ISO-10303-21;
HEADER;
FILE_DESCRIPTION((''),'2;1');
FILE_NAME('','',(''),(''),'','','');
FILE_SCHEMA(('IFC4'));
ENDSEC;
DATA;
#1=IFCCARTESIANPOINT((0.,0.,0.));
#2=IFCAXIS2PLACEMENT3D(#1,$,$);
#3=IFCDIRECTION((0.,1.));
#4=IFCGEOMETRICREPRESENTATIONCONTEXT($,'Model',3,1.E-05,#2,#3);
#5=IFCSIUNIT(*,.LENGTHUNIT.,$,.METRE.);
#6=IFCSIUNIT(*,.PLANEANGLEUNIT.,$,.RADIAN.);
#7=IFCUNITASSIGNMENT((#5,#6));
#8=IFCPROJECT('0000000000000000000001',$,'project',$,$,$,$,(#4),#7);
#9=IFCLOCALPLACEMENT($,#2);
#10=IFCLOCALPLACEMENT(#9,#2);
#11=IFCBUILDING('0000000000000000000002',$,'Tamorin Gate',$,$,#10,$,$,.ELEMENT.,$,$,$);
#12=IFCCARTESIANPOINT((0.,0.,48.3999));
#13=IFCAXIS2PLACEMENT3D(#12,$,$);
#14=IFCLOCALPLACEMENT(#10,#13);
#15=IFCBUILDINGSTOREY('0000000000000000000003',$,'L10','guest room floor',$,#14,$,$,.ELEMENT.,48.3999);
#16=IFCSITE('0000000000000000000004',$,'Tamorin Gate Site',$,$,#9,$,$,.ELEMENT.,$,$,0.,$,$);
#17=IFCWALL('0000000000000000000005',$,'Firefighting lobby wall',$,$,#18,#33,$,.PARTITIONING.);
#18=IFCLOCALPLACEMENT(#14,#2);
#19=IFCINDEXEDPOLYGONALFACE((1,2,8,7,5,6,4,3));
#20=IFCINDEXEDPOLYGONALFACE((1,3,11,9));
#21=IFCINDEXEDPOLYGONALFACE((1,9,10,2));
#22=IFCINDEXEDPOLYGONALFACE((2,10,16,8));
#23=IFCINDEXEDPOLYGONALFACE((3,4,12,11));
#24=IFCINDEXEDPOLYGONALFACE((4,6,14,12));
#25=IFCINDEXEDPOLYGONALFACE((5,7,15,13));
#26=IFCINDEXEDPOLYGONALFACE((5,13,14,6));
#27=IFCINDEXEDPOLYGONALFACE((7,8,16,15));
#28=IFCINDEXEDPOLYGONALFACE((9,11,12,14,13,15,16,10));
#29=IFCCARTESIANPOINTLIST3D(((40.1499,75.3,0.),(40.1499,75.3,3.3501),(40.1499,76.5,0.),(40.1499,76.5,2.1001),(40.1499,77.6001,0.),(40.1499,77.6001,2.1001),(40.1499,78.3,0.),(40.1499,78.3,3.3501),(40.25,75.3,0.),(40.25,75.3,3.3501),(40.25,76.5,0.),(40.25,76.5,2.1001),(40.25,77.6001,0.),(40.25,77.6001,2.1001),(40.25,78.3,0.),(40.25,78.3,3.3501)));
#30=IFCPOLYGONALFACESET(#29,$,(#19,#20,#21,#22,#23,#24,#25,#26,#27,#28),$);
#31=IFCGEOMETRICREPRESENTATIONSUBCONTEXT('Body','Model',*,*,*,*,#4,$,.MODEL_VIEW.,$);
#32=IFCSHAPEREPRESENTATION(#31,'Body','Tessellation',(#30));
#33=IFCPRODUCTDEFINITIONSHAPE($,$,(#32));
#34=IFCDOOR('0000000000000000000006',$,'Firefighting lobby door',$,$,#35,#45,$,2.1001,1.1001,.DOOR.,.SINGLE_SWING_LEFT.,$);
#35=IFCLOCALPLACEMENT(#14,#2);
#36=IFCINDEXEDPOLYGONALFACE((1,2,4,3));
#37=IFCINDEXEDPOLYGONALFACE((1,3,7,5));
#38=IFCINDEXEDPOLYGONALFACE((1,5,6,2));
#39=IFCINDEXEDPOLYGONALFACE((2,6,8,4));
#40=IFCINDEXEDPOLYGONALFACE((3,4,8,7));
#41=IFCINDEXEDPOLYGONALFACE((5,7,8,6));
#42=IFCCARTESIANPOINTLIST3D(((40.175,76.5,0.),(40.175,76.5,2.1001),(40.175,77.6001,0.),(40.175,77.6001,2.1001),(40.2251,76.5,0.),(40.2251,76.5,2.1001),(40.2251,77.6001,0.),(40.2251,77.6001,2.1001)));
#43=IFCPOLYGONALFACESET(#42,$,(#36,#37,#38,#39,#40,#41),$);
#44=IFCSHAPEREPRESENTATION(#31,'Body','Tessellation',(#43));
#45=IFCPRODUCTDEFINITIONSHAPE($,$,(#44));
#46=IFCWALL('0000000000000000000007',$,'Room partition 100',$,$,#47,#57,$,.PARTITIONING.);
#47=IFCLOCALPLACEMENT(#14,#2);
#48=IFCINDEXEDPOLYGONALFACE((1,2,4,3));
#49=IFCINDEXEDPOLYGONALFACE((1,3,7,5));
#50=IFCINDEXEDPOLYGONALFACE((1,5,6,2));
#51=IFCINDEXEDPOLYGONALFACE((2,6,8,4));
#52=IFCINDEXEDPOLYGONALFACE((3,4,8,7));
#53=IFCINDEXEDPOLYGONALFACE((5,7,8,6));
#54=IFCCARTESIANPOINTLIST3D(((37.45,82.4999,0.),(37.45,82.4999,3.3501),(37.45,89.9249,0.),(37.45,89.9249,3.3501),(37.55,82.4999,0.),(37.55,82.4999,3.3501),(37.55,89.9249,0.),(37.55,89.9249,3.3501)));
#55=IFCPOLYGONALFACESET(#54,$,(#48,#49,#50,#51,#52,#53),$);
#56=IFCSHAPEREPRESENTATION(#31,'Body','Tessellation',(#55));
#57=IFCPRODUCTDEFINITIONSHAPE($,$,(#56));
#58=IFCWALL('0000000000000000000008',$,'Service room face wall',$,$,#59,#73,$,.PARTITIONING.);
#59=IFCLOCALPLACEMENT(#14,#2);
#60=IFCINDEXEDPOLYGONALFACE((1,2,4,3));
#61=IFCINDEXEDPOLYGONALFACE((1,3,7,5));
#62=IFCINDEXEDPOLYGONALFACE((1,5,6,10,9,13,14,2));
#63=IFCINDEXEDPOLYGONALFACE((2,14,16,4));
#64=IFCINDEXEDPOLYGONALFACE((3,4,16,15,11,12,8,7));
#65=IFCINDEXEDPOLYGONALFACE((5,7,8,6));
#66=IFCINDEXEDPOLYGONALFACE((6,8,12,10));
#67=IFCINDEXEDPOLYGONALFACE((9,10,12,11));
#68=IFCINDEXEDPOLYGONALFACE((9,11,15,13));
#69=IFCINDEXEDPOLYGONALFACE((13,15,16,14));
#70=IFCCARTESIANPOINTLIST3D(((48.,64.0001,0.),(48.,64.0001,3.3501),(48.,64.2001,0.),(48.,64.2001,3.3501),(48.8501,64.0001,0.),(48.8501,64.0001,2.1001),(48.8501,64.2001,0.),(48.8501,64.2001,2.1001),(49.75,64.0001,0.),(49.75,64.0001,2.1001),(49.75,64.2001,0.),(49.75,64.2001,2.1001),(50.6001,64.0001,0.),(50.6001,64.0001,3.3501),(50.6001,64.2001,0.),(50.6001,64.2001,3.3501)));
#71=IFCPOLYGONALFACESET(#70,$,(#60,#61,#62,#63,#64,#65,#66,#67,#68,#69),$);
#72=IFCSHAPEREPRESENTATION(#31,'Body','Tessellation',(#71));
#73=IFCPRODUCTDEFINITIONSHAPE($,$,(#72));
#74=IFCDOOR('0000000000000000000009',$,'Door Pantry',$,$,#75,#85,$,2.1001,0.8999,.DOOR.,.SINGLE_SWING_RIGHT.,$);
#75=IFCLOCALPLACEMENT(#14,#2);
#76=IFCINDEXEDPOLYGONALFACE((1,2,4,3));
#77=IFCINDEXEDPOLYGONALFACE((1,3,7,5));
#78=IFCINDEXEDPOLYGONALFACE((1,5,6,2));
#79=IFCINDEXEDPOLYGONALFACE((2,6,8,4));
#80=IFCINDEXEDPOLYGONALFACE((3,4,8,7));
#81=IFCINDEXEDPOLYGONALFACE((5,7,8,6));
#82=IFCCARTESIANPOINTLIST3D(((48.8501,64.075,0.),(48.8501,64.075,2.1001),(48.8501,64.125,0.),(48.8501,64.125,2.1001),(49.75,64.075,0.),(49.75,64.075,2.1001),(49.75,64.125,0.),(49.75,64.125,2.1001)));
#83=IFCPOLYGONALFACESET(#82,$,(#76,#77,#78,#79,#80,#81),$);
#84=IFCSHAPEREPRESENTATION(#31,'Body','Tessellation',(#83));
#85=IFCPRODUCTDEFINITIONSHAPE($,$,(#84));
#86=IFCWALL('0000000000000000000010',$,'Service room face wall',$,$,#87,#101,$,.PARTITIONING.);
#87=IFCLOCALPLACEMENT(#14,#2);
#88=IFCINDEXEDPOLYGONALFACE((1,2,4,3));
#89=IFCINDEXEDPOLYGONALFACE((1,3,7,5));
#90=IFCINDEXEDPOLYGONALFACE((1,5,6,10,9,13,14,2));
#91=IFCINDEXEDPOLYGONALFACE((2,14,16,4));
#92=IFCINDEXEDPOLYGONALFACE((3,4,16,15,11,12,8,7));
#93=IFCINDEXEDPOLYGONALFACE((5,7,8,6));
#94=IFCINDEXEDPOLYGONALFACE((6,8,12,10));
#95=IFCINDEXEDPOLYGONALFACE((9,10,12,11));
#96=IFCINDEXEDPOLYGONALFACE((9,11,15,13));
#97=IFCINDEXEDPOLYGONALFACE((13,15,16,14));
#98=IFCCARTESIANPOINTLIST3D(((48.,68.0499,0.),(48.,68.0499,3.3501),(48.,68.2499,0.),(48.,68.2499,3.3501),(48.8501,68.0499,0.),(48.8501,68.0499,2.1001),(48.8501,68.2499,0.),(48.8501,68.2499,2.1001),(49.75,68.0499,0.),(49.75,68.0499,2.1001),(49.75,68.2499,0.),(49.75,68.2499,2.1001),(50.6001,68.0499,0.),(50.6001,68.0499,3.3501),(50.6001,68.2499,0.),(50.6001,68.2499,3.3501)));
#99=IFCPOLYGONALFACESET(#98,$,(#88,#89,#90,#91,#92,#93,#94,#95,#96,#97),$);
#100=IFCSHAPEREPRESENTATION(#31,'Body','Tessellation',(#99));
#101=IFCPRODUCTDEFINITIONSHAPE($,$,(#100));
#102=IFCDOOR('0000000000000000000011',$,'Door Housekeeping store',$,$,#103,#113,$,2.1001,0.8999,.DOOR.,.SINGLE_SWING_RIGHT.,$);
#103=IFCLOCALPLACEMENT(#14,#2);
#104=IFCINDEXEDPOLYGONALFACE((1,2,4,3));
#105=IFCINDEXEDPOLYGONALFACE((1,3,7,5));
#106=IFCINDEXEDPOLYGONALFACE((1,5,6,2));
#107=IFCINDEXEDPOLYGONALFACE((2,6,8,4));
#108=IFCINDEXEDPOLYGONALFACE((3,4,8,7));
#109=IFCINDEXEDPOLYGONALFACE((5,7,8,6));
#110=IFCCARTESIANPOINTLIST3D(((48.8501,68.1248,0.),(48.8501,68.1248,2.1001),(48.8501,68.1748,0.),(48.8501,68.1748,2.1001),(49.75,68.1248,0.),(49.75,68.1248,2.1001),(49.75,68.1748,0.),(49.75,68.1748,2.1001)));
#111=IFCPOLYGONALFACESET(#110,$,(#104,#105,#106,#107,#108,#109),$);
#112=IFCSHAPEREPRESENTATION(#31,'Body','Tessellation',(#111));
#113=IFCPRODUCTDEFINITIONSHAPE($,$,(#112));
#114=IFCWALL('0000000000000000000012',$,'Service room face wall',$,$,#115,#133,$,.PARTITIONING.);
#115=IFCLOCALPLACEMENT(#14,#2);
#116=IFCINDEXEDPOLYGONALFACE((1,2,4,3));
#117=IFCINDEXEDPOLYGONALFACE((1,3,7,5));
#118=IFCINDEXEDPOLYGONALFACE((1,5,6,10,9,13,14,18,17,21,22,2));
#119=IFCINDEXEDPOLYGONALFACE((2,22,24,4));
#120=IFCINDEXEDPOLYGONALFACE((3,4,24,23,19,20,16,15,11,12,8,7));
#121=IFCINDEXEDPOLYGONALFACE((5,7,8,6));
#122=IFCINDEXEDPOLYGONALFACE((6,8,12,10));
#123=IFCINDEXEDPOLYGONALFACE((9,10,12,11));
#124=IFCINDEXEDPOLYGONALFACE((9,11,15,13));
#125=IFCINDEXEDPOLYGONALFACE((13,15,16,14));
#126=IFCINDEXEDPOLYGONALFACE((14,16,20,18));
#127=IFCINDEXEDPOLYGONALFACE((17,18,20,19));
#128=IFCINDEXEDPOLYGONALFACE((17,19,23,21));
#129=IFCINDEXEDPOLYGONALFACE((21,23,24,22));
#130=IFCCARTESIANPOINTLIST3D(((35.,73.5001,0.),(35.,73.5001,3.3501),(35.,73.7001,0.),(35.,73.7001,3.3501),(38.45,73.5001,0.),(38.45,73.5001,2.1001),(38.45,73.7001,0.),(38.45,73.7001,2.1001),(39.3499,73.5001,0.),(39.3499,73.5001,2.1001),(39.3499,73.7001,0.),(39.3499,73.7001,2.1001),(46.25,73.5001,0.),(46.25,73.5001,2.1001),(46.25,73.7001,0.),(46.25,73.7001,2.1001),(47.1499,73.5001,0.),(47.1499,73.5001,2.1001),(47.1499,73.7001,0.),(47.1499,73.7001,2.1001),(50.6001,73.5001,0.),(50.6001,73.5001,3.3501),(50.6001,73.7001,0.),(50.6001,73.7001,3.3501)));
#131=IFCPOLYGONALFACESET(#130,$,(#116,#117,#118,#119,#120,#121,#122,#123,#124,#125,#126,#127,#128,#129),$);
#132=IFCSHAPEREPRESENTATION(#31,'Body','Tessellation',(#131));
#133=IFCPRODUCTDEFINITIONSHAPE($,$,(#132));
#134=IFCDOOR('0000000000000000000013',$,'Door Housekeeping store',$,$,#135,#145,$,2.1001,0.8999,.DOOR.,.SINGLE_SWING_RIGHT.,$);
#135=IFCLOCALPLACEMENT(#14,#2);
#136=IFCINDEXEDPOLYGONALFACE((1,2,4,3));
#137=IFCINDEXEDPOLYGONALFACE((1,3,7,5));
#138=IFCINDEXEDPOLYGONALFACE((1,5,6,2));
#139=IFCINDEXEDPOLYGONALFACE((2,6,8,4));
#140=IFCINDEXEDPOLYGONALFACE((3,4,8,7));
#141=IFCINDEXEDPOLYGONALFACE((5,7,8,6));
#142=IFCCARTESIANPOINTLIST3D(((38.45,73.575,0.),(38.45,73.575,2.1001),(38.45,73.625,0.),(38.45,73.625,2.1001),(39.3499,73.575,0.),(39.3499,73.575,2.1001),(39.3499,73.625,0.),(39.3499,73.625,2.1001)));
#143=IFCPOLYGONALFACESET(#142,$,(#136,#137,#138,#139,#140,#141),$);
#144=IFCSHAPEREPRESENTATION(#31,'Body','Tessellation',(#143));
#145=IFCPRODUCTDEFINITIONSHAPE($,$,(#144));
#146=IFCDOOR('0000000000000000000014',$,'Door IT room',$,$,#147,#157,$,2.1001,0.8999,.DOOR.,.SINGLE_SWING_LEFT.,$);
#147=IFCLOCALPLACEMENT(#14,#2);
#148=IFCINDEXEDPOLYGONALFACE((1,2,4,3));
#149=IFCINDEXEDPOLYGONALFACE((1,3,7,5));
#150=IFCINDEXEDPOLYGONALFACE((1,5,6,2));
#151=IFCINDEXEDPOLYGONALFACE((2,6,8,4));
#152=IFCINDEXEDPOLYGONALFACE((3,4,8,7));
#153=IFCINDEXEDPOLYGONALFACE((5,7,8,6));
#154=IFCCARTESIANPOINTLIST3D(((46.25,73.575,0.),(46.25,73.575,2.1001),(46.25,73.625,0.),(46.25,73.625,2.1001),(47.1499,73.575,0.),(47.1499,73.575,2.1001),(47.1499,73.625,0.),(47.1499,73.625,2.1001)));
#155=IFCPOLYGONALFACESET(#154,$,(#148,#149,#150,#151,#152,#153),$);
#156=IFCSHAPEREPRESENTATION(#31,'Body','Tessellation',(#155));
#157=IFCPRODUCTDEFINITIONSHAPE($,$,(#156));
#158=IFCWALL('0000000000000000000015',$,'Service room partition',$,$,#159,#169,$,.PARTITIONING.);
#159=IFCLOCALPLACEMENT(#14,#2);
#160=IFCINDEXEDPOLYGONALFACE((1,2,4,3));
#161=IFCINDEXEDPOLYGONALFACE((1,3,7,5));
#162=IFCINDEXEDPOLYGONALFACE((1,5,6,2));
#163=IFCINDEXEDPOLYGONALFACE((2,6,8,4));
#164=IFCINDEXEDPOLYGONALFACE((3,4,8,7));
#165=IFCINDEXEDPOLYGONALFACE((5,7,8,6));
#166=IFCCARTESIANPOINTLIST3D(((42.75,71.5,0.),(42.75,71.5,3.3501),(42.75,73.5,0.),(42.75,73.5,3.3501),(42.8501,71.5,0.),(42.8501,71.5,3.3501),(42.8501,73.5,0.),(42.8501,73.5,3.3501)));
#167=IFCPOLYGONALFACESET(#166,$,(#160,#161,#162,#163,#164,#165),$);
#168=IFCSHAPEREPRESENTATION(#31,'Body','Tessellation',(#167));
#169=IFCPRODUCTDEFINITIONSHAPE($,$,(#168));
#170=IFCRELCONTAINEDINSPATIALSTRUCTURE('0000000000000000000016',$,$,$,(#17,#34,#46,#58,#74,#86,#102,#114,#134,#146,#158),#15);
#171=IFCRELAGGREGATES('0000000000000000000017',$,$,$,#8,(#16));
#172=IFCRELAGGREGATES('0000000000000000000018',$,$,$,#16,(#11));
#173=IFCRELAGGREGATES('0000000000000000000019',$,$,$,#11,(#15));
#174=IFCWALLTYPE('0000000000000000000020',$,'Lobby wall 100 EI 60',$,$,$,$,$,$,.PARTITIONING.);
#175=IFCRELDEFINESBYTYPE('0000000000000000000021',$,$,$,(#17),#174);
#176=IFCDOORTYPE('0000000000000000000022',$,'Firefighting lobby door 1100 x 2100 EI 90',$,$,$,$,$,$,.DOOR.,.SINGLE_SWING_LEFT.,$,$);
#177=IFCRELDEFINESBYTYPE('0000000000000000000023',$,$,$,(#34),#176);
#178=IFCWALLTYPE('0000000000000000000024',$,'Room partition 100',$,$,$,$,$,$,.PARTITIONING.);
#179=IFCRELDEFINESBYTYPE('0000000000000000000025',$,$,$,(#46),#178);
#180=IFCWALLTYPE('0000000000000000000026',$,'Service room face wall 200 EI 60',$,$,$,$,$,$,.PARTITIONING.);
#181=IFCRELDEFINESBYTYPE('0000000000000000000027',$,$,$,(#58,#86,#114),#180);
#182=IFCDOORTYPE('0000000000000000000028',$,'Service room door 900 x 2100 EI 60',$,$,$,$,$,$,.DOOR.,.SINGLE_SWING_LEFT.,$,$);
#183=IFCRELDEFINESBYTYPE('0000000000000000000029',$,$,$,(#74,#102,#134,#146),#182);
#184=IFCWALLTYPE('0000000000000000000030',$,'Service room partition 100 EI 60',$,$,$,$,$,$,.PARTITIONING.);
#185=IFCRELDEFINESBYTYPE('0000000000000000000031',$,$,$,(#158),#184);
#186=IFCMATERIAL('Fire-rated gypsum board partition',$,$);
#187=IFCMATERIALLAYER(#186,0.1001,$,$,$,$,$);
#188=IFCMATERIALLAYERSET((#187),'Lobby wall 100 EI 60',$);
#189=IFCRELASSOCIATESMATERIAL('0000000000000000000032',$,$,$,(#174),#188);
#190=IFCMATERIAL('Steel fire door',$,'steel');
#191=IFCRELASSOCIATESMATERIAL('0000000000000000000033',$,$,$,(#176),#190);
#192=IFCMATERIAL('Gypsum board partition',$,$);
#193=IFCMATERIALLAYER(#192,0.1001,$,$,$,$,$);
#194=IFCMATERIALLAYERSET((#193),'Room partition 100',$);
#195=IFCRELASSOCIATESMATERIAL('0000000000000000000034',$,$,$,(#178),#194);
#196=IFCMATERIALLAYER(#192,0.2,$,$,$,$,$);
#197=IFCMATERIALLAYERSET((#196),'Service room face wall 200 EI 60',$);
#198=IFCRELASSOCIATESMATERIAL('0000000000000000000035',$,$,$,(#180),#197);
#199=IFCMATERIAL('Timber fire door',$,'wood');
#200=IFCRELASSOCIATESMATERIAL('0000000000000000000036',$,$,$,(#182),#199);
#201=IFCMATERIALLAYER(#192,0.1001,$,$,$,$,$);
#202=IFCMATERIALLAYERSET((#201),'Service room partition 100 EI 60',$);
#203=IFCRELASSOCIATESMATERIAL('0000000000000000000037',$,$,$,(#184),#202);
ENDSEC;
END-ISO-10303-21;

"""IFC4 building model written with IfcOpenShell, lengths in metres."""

from ifc_helpers import new_model, si_unit, direction, frame, frame_2d, origin, place, context, subcontext, project, spatial, rectangle, extrude, material, layer, layer_set, type_object, element, fill, save


model = new_model("IFC4")

# Units and contexts
model_context = context("Model", 3, precision=1e-05, world=origin(), true_north=direction((0.0, 1.0)))
body_context = subcontext(model_context, "Body", "Model", "MODEL_VIEW")
ifc_project = project(units=[si_unit("LENGTHUNIT", "METRE"), si_unit("PLANEANGLEUNIT", "RADIAN")], contexts=[model_context])

# Site, building, storey
site_placement = place(None, origin())
site = spatial("IfcSite", under=ifc_project, at=site_placement, Name="Tamorin Gate Site", CompositionType="ELEMENT", RefElevation=0.0)
building_placement = place(site_placement, origin())
building = spatial("IfcBuilding", under=site, at=building_placement, Name="Tamorin Gate", CompositionType="ELEMENT")
storey_placement = place(building_placement, frame((0.0, 0.0, 48.3999)))
storey = spatial("IfcBuildingStorey", under=building, at=storey_placement, Name="L10", Description="guest room floor", CompositionType="ELEMENT", Elevation=48.3999)

# Shared definitions
ifc_material_1 = material(Name="Fire-rated gypsum board partition")
ifc_layer_1 = layer(ifc_material_1, 0.1001)
ifc_layer_set_1 = layer_set([ifc_layer_1], Name="Lobby wall 100 EI 60")
wall_type_1 = type_object("IfcWallType", Name="Lobby wall 100 EI 60", PredefinedType="PARTITIONING", material=ifc_layer_set_1)

# Wall, opening, door
wall_1_placement = place(storey_placement, frame((40.2, 75.3, 0.0), z_axis=(0.0, 0.0, 1.0), x_axis=(0.0, 1.0, 0.0)))
wall_1 = element("IfcWall", 1, at=wall_1_placement, inside=storey, type_object=wall_type_1, Name="Firefighting lobby wall", PredefinedType="PARTITIONING", context=body_context, shape_type="SweptSolid", body=[
    extrude(rectangle(XDim=3.0, YDim=0.1001, at=frame_2d((1.5, 0.0))), origin(), (0.0, 0.0, 1.0), 3.3501),
])
opening_1_placement = place(wall_1_placement, frame((1.2, 0.0, 0.0)))
opening_1 = element("IfcOpeningElement", 2, at=opening_1_placement, cuts=wall_1, PredefinedType="OPENING", context=body_context, shape_type="SweptSolid", body=[
    extrude(rectangle(XDim=1.1001, YDim=2.1001, at=frame_2d((0.55, 1.05))), frame((0.0, 0.0601, 0.0), z_axis=(0.0, -1.0, 0.0), x_axis=(1.0, 0.0, 0.0)), (0.0, 0.0, 1.0), 0.1201),
])
ifc_material_2 = material(Name="Steel fire door", Category="steel")
door_type_1 = type_object("IfcDoorType", Name="Firefighting lobby door 1100 x 2100 EI 90", OperationType="SINGLE_SWING_LEFT", PredefinedType="DOOR", material=ifc_material_2)
door_1_placement = place(opening_1_placement, origin())
door_1 = element("IfcDoor", 3, at=door_1_placement, inside=storey, type_object=door_type_1, Name="Firefighting lobby door", OperationType="SINGLE_SWING_LEFT", OverallHeight=2.1001, OverallWidth=1.1001, PredefinedType="DOOR", context=body_context, shape_type="SweptSolid", body=[
    extrude(rectangle(XDim=1.1001, YDim=2.1001, at=frame_2d((0.55, 1.05))), frame((0.0, 0.0249, 0.0), z_axis=(0.0, -1.0, 0.0), x_axis=(1.0, 0.0, 0.0)), (0.0, 0.0, 1.0), 0.05),
])
fill(opening_1, door_1)

# Wall
ifc_material_3 = material(Name="Gypsum board partition")
ifc_layer_2 = layer(ifc_material_3, 0.1001)
ifc_layer_set_2 = layer_set([ifc_layer_2], Name="Room partition 100")
wall_type_2 = type_object("IfcWallType", Name="Room partition 100", PredefinedType="PARTITIONING", material=ifc_layer_set_2)
wall_2_placement = place(storey_placement, frame((37.5, 82.5, 0.0), z_axis=(0.0, 0.0, 1.0), x_axis=(0.0, 1.0, 0.0)))
element("IfcWall", 4, at=wall_2_placement, inside=storey, type_object=wall_type_2, Name="Room partition 100", PredefinedType="PARTITIONING", context=body_context, shape_type="SweptSolid", body=[
    extrude(rectangle(XDim=7.425, YDim=0.1001, at=frame_2d((3.7124, 0.0))), origin(), (0.0, 0.0, 1.0), 3.3501),
])

# Walls, openings, doors
ifc_layer_3 = layer(ifc_material_3, 0.2)
ifc_layer_set_3 = layer_set([ifc_layer_3], Name="Service room face wall 200 EI 60")
wall_type_3 = type_object("IfcWallType", Name="Service room face wall 200 EI 60", PredefinedType="PARTITIONING", material=ifc_layer_set_3)
wall_3_placement = place(storey_placement, frame((48.0, 64.1001, 0.0), z_axis=(0.0, 0.0, 1.0), x_axis=(1.0, 0.0, 0.0)))
wall_3 = element("IfcWall", 5, at=wall_3_placement, inside=storey, type_object=wall_type_3, Name="Service room face wall", PredefinedType="PARTITIONING", context=body_context, shape_type="SweptSolid", body=[
    extrude(rectangle(XDim=2.6001, YDim=0.2, at=frame_2d((1.3, 0.0))), origin(), (0.0, 0.0, 1.0), 3.3501),
])
opening_2_placement = place(wall_3_placement, frame((0.8501, 0.0, 0.0)))
opening_2 = element("IfcOpeningElement", 6, at=opening_2_placement, cuts=wall_3, PredefinedType="OPENING", context=body_context, shape_type="SweptSolid", body=[
    extrude(rectangle(XDim=0.8999, YDim=2.1001, at=frame_2d((0.45, 1.05))), frame((0.0, 0.1099, 0.0), z_axis=(0.0, -1.0, 0.0), x_axis=(1.0, 0.0, 0.0)), (0.0, 0.0, 1.0), 0.22),
])
ifc_material_4 = material(Name="Timber fire door", Category="wood")
door_type_2 = type_object("IfcDoorType", Name="Service room door 900 x 2100 EI 60", OperationType="SINGLE_SWING_LEFT", PredefinedType="DOOR", material=ifc_material_4)
door_2_placement = place(opening_2_placement, origin())
door_2 = element("IfcDoor", 7, at=door_2_placement, inside=storey, type_object=door_type_2, Name="Door Pantry", OperationType="SINGLE_SWING_RIGHT", OverallHeight=2.1001, OverallWidth=0.8999, PredefinedType="DOOR", context=body_context, shape_type="SweptSolid", body=[
    extrude(rectangle(XDim=0.8999, YDim=2.1001, at=frame_2d((0.45, 1.05))), frame((0.0, 0.0249, 0.0), z_axis=(0.0, -1.0, 0.0), x_axis=(1.0, 0.0, 0.0)), (0.0, 0.0, 1.0), 0.05),
])
fill(opening_2, door_2)
wall_4_placement = place(storey_placement, frame((48.0, 68.1499, 0.0), z_axis=(0.0, 0.0, 1.0), x_axis=(1.0, 0.0, 0.0)))
wall_4 = element("IfcWall", 8, at=wall_4_placement, inside=storey, type_object=wall_type_3, Name="Service room face wall", PredefinedType="PARTITIONING", context=body_context, shape_type="SweptSolid", body=[
    extrude(rectangle(XDim=2.6001, YDim=0.2, at=frame_2d((1.3, 0.0))), origin(), (0.0, 0.0, 1.0), 3.3501),
])
opening_3_placement = place(wall_4_placement, frame((0.8501, 0.0, 0.0)))
opening_3 = element("IfcOpeningElement", 9, at=opening_3_placement, cuts=wall_4, PredefinedType="OPENING", context=body_context, shape_type="SweptSolid", body=[
    extrude(rectangle(XDim=0.8999, YDim=2.1001, at=frame_2d((0.45, 1.05))), frame((0.0, 0.1099, 0.0), z_axis=(0.0, -1.0, 0.0), x_axis=(1.0, 0.0, 0.0)), (0.0, 0.0, 1.0), 0.22),
])
door_3_placement = place(opening_3_placement, origin())
door_3 = element("IfcDoor", 10, at=door_3_placement, inside=storey, type_object=door_type_2, Name="Door Housekeeping store", OperationType="SINGLE_SWING_RIGHT", OverallHeight=2.1001, OverallWidth=0.8999, PredefinedType="DOOR", context=body_context, shape_type="SweptSolid", body=[
    extrude(rectangle(XDim=0.8999, YDim=2.1001, at=frame_2d((0.45, 1.05))), frame((0.0, 0.0249, 0.0), z_axis=(0.0, -1.0, 0.0), x_axis=(1.0, 0.0, 0.0)), (0.0, 0.0, 1.0), 0.05),
])
fill(opening_3, door_3)

# Wall, openings, doors
wall_5_placement = place(storey_placement, frame((35.0, 73.6001, 0.0), z_axis=(0.0, 0.0, 1.0), x_axis=(1.0, 0.0, 0.0)))
wall_5 = element("IfcWall", 11, at=wall_5_placement, inside=storey, type_object=wall_type_3, Name="Service room face wall", PredefinedType="PARTITIONING", context=body_context, shape_type="SweptSolid", body=[
    extrude(rectangle(XDim=15.6001, YDim=0.2, at=frame_2d((7.8, 0.0))), origin(), (0.0, 0.0, 1.0), 3.3501),
])
opening_4_placement = place(wall_5_placement, frame((3.45, 0.0, 0.0)))
opening_4 = element("IfcOpeningElement", 12, at=opening_4_placement, cuts=wall_5, PredefinedType="OPENING", context=body_context, shape_type="SweptSolid", body=[
    extrude(rectangle(XDim=0.8999, YDim=2.1001, at=frame_2d((0.45, 1.05))), frame((0.0, 0.1099, 0.0), z_axis=(0.0, -1.0, 0.0), x_axis=(1.0, 0.0, 0.0)), (0.0, 0.0, 1.0), 0.22),
])
opening_5_placement = place(wall_5_placement, frame((11.25, 0.0, 0.0)))
opening_5 = element("IfcOpeningElement", 13, at=opening_5_placement, cuts=wall_5, PredefinedType="OPENING", context=body_context, shape_type="SweptSolid", body=[
    extrude(rectangle(XDim=0.8999, YDim=2.1001, at=frame_2d((0.45, 1.05))), frame((0.0, 0.1099, 0.0), z_axis=(0.0, -1.0, 0.0), x_axis=(1.0, 0.0, 0.0)), (0.0, 0.0, 1.0), 0.22),
])
door_4_placement = place(opening_4_placement, origin())
door_4 = element("IfcDoor", 14, at=door_4_placement, inside=storey, type_object=door_type_2, Name="Door Housekeeping store", OperationType="SINGLE_SWING_RIGHT", OverallHeight=2.1001, OverallWidth=0.8999, PredefinedType="DOOR", context=body_context, shape_type="SweptSolid", body=[
    extrude(rectangle(XDim=0.8999, YDim=2.1001, at=frame_2d((0.45, 1.05))), frame((0.0, 0.0249, 0.0), z_axis=(0.0, -1.0, 0.0), x_axis=(1.0, 0.0, 0.0)), (0.0, 0.0, 1.0), 0.05),
])
fill(opening_4, door_4)
door_5_placement = place(opening_5_placement, origin())
door_5 = element("IfcDoor", 15, at=door_5_placement, inside=storey, type_object=door_type_2, Name="Door IT room", OperationType="SINGLE_SWING_LEFT", OverallHeight=2.1001, OverallWidth=0.8999, PredefinedType="DOOR", context=body_context, shape_type="SweptSolid", body=[
    extrude(rectangle(XDim=0.8999, YDim=2.1001, at=frame_2d((0.45, 1.05))), frame((0.0, 0.0249, 0.0), z_axis=(0.0, -1.0, 0.0), x_axis=(1.0, 0.0, 0.0)), (0.0, 0.0, 1.0), 0.05),
])
fill(opening_5, door_5)

# Wall
ifc_layer_4 = layer(ifc_material_3, 0.1001)
ifc_layer_set_4 = layer_set([ifc_layer_4], Name="Service room partition 100 EI 60")
wall_type_4 = type_object("IfcWallType", Name="Service room partition 100 EI 60", PredefinedType="PARTITIONING", material=ifc_layer_set_4)
wall_6_placement = place(storey_placement, frame((42.8, 71.5, 0.0), z_axis=(0.0, 0.0, 1.0), x_axis=(0.0, 1.0, 0.0)))
element("IfcWall", 16, at=wall_6_placement, inside=storey, type_object=wall_type_4, Name="Service room partition", PredefinedType="PARTITIONING", context=body_context, shape_type="SweptSolid", body=[
    extrude(rectangle(XDim=2.0, YDim=0.1001, at=frame_2d((1.0, 0.0))), origin(), (0.0, 0.0, 1.0), 3.3501),
])

save(model, "model.ifc")
